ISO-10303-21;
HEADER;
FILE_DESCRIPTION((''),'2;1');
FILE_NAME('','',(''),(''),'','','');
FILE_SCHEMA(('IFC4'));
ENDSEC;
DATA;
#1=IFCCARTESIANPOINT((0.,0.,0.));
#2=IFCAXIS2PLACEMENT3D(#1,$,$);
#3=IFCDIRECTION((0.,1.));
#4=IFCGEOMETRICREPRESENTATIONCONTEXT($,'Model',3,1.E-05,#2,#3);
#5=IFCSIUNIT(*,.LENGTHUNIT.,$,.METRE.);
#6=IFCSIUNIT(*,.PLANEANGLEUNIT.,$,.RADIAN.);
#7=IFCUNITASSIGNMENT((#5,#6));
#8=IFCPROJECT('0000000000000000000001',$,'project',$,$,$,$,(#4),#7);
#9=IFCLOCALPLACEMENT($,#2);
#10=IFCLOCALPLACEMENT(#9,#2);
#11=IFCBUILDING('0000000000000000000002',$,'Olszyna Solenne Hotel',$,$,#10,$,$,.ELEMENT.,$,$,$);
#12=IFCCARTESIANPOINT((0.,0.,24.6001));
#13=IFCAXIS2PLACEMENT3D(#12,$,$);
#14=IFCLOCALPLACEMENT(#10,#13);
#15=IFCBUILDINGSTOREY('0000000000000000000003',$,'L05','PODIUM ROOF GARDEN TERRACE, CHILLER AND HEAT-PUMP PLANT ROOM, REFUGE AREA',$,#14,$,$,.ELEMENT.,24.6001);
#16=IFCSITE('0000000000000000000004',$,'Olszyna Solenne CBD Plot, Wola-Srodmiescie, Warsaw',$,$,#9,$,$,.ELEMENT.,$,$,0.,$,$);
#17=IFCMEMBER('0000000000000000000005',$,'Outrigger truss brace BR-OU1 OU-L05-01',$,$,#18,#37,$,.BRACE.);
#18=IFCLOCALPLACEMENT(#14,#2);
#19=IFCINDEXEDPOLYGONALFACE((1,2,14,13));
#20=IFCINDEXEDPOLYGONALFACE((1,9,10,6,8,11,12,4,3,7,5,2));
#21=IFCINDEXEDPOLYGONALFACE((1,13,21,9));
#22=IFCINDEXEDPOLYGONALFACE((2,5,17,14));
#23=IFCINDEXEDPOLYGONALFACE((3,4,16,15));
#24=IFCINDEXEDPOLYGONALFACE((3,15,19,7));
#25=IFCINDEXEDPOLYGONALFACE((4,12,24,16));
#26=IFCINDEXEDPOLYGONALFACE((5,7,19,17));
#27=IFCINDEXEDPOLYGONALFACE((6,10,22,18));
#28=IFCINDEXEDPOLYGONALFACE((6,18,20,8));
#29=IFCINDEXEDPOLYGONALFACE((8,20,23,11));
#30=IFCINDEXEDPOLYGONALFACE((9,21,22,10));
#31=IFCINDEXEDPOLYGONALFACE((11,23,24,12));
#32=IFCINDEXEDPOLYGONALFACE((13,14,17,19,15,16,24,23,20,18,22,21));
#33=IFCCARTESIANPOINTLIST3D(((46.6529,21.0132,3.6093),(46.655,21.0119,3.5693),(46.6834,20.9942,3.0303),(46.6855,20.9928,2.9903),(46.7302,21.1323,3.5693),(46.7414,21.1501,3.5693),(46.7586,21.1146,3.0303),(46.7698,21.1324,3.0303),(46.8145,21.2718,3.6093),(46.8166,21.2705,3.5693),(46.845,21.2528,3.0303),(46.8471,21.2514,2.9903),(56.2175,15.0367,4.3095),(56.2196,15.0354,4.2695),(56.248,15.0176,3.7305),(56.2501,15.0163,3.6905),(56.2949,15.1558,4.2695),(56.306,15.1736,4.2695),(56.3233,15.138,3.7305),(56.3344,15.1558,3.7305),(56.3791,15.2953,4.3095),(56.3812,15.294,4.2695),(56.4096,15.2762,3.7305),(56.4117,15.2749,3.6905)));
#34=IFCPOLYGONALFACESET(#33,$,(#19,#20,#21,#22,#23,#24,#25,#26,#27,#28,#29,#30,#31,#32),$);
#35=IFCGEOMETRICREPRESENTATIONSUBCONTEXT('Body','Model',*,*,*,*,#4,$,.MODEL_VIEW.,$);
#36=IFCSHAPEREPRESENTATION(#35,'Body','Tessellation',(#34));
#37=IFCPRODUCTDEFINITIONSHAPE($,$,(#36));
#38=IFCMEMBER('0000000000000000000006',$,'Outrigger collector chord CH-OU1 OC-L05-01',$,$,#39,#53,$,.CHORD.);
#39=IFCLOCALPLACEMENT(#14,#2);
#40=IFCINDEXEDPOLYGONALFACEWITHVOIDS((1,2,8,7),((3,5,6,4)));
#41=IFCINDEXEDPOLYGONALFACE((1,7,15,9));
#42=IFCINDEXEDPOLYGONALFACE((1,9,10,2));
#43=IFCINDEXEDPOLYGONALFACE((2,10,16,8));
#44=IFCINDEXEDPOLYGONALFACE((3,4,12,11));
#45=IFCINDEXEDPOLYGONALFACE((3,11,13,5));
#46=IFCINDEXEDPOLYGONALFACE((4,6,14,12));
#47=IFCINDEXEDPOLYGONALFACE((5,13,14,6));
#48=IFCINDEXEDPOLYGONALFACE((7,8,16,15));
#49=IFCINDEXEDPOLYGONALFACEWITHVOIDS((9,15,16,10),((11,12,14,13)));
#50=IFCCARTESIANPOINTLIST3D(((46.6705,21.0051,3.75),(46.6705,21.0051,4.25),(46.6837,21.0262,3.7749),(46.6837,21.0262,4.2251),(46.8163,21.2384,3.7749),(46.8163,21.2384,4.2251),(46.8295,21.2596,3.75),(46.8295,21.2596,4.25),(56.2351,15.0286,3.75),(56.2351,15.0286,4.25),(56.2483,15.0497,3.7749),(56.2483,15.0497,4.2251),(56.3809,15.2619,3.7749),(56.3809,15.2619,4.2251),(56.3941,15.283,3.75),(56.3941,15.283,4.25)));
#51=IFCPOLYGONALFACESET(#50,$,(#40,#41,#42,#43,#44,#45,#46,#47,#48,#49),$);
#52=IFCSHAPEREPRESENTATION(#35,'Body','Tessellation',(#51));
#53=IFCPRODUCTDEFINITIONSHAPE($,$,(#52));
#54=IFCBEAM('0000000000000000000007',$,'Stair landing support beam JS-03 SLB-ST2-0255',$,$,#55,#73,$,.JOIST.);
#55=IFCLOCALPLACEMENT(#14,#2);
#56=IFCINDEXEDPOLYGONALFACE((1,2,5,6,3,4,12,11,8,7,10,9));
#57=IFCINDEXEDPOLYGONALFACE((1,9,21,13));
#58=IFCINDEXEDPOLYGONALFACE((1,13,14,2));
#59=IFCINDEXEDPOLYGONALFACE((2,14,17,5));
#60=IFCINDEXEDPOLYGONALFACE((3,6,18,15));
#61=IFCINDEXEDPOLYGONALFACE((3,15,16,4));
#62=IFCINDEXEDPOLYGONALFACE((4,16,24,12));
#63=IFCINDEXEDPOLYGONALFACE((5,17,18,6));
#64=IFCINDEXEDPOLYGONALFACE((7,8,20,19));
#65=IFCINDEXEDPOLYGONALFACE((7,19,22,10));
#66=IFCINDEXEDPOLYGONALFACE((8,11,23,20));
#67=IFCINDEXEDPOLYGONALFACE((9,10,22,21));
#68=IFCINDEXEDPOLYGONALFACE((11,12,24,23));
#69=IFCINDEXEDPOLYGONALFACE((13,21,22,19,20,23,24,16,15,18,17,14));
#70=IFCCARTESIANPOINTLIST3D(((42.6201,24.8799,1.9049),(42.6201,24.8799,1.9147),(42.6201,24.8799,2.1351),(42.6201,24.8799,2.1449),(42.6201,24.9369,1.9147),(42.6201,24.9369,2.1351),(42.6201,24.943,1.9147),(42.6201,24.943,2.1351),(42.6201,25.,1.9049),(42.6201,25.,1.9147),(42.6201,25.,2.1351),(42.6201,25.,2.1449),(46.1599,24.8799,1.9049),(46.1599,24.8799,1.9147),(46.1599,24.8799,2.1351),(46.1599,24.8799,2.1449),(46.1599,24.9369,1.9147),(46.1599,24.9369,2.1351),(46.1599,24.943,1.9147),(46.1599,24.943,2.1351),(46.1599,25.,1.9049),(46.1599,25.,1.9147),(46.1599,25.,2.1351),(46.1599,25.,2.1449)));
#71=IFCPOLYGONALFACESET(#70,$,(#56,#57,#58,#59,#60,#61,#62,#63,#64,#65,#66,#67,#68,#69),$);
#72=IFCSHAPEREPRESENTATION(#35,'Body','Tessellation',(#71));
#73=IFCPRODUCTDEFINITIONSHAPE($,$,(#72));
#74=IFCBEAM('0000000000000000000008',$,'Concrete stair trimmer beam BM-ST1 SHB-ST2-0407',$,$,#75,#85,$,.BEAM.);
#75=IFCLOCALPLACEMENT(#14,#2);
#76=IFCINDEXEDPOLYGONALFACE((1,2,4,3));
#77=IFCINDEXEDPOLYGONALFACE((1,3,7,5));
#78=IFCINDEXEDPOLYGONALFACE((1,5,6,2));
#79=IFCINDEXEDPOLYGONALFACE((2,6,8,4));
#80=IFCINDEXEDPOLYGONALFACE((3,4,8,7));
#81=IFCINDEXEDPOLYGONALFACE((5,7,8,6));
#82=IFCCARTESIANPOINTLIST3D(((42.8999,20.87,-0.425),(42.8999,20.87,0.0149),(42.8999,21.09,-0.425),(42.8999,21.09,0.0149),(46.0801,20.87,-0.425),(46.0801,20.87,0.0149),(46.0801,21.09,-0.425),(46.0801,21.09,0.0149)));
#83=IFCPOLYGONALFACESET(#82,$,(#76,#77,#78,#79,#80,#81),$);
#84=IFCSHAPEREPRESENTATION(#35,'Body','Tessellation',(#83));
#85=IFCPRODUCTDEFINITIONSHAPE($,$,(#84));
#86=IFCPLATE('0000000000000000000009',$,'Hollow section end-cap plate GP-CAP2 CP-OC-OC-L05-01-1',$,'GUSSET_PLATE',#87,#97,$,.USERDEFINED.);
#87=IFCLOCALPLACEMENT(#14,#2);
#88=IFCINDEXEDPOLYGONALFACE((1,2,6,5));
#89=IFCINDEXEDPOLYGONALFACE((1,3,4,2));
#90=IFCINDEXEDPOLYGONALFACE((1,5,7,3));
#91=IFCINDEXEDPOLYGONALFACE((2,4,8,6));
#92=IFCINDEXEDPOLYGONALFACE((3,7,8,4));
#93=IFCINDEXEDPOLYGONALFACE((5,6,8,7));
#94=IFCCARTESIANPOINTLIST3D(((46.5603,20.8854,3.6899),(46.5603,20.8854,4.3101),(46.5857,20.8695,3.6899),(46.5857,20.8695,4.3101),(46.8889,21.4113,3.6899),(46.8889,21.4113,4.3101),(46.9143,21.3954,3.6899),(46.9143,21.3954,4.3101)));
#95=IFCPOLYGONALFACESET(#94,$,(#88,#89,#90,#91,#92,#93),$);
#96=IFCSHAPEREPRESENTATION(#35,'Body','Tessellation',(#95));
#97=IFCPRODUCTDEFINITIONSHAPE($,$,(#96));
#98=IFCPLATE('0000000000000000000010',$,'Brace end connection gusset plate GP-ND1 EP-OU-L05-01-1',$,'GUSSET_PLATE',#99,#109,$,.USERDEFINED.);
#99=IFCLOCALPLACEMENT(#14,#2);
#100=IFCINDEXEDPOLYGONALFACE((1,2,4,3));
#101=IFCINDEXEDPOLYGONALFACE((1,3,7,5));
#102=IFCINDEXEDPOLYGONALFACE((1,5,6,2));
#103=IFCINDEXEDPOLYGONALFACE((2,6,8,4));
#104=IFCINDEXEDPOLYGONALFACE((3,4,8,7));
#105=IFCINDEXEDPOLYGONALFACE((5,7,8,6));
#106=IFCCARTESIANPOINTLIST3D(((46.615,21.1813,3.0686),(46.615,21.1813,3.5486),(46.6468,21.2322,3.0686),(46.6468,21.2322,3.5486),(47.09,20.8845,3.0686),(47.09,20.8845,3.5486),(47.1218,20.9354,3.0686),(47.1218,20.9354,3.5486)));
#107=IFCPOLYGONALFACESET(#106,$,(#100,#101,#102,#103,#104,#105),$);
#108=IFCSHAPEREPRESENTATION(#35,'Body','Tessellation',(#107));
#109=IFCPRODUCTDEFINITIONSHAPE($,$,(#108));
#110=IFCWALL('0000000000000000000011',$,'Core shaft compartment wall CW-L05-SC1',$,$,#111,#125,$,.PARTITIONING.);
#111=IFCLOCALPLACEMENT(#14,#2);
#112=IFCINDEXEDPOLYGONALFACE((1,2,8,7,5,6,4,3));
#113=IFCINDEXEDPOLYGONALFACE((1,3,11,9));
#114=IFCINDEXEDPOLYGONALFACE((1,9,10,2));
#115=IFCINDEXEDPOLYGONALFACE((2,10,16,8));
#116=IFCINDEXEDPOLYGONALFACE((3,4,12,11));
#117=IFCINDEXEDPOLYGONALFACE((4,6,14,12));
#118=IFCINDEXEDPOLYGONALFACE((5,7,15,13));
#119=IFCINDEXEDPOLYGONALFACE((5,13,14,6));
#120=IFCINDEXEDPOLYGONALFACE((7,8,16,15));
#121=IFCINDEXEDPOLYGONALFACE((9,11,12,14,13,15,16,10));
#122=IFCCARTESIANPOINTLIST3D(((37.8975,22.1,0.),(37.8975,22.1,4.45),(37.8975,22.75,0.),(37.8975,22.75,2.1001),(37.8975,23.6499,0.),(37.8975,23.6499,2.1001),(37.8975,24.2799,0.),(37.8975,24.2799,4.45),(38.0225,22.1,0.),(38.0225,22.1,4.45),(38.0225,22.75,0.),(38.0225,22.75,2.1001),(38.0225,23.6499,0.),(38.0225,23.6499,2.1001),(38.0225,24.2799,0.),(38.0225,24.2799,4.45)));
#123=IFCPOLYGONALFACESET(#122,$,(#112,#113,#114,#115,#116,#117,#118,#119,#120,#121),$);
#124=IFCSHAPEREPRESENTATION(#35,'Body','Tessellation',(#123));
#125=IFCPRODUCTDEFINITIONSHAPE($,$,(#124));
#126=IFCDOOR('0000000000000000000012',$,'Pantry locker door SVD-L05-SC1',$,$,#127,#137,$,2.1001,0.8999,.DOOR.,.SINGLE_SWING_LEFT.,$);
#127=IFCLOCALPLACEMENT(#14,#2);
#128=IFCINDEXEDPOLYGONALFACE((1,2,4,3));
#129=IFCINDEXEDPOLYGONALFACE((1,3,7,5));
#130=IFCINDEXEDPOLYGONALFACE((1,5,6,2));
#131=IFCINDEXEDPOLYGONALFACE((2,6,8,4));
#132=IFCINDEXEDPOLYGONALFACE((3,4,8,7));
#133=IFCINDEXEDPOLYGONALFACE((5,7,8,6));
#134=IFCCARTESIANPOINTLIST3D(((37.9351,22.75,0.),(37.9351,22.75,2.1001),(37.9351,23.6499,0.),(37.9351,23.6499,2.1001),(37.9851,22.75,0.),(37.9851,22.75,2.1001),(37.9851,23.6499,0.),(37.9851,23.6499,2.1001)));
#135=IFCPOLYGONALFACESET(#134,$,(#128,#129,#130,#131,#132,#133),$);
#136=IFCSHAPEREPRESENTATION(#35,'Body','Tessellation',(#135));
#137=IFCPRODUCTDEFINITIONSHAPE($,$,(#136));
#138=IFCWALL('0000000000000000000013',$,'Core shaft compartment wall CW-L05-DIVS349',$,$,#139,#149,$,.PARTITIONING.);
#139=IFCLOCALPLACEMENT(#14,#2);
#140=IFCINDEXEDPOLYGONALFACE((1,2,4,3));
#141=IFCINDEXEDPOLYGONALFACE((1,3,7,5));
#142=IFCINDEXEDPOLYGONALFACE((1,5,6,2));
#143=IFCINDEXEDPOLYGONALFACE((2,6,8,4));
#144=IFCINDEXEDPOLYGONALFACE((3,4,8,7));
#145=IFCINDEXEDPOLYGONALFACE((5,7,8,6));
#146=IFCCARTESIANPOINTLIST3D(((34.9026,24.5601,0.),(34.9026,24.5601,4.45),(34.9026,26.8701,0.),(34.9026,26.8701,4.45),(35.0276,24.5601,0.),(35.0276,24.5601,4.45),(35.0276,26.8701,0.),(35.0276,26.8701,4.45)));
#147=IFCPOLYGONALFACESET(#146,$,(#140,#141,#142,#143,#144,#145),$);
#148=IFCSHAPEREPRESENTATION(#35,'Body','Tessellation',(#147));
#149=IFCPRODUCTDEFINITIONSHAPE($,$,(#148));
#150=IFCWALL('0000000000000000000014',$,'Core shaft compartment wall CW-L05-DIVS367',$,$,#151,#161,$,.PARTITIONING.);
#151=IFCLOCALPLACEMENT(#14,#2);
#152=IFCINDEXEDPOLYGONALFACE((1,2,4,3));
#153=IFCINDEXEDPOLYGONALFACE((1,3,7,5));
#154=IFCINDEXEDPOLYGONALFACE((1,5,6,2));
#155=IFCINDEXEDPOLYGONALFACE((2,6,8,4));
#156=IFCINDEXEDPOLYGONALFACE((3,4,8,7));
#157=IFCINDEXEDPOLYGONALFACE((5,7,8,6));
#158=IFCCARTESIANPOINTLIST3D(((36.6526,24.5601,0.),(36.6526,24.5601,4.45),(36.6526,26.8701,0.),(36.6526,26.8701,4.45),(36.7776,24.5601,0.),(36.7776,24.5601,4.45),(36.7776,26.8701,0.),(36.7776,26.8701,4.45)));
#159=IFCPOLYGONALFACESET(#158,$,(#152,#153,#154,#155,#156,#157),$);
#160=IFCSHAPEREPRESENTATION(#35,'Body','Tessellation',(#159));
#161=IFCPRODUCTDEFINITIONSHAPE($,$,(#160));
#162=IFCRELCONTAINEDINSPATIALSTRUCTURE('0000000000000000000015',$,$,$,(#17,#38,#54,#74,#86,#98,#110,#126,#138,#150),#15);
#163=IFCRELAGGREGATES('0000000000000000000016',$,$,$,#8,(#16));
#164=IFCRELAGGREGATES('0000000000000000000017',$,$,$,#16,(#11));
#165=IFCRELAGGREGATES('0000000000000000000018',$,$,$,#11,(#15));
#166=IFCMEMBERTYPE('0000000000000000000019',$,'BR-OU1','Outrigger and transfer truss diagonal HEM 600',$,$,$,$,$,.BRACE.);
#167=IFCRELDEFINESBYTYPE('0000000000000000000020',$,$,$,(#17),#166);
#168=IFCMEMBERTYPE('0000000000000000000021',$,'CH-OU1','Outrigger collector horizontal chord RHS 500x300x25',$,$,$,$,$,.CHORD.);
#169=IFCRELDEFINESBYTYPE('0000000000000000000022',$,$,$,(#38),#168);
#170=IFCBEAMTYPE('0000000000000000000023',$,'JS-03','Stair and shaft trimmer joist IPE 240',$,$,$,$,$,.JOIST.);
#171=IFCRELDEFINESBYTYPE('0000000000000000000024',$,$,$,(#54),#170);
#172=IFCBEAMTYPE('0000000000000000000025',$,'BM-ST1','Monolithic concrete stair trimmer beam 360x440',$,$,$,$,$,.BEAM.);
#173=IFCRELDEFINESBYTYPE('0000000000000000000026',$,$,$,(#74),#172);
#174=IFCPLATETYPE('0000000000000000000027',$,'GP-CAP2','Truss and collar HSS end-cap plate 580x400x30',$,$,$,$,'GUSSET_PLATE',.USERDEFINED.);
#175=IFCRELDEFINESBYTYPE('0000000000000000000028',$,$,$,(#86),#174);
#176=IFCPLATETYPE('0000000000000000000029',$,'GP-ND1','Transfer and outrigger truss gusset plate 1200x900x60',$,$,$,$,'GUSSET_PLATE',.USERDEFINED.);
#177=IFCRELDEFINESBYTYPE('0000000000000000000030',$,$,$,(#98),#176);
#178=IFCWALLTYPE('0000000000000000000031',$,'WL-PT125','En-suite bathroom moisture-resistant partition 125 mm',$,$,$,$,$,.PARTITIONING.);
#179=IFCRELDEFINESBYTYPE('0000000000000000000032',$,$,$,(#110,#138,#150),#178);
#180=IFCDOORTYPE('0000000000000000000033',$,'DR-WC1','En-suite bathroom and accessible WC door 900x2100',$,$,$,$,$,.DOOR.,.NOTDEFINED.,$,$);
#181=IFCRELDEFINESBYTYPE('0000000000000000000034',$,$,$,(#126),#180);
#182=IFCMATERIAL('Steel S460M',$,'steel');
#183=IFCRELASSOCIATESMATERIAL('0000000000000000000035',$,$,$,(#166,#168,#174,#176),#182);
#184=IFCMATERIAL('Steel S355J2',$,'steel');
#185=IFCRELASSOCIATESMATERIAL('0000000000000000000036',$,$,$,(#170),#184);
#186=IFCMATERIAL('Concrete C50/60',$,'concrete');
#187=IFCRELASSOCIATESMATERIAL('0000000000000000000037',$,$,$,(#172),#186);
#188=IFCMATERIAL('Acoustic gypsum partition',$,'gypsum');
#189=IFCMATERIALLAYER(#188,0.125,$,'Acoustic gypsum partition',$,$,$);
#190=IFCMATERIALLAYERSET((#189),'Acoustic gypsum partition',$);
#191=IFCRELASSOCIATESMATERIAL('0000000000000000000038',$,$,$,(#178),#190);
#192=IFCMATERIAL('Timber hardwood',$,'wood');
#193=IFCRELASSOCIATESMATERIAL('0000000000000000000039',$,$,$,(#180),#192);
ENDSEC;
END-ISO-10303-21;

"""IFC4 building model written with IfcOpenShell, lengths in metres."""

from ifc_helpers import new_model, si_unit, direction, frame, frame_2d, origin, origin_2d, place, context, subcontext, project, spatial, rectangle, hollow_rectangle, i_section, extrude, source, transform, mapped, material, layer, layer_set, material_profile, profile_set, type_object, type_shapes, element, fill, save


model = new_model("IFC4")

# Units and contexts
model_context = context("Model", 3, precision=1e-05, world=origin(), true_north=direction((0.0, 1.0)))
body_context = subcontext(model_context, "Body", "Model", "MODEL_VIEW")
ifc_project = project(units=[si_unit("LENGTHUNIT", "METRE"), si_unit("PLANEANGLEUNIT", "RADIAN")], contexts=[model_context])

# Site, building, storey
site_placement = place(None, origin())
site = spatial("IfcSite", under=ifc_project, at=site_placement, Name="Olszyna Solenne CBD Plot, Wola-Srodmiescie, Warsaw", CompositionType="ELEMENT", RefElevation=0.0)
building_placement = place(site_placement, origin())
building = spatial("IfcBuilding", under=site, at=building_placement, Name="Olszyna Solenne Hotel", CompositionType="ELEMENT")
storey_placement = place(building_placement, frame((0.0, 0.0, 24.6001)))
storey = spatial("IfcBuildingStorey", under=building, at=storey_placement, Name="L05", Description="PODIUM ROOF GARDEN TERRACE, CHILLER AND HEAT-PUMP PLANT ROOM, REFUGE AREA", CompositionType="ELEMENT", Elevation=24.6001)

# Members
ifc_material_1 = material(Name="Steel S460M", Category="steel")
ifc_material_profile_1 = material_profile(ifc_material_1, i_section(OverallWidth=0.3049, OverallDepth=0.6201, WebThickness=0.021, FlangeThickness=0.04, at=origin_2d()), Name="HEM 600", Category="load-bearing")
ifc_profile_set_1 = profile_set([ifc_material_profile_1], Name="Steel S460M")
member_type_1 = type_object("IfcMemberType", Name="BR-OU1", Description="Outrigger and transfer truss diagonal HEM 600", PredefinedType="BRACE", material=ifc_profile_set_1)
shared_shape_1 = source(origin(), body_context, "Body", "SweptSolid", [
    extrude(i_section(OverallWidth=0.3049, OverallDepth=0.6201, WebThickness=0.021, FlangeThickness=0.04, at=origin_2d()), origin(), (0.0, 0.0, 1.0), 11.3),
])
member_1_placement = place(storey_placement, frame((46.75, 21.1323, 3.2998), z_axis=(0.846423, -0.528893, 0.061963), x_axis=(0.529911, 0.848053, 0.0)))
element("IfcMember", 1, at=member_1_placement, inside=storey, type_object=member_type_1, Name="Outrigger truss brace BR-OU1 OU-L05-01", PredefinedType="BRACE", context=body_context, shape_type="MappedRepresentation", body=[
    mapped(shared_shape_1, transform((0.0, 0.0, 0.0), x_axis=(1.0, 0.0, 0.0), y_axis=(0.0, 1.0, 0.0), z_axis=(0.0, 0.0, 1.0), scale=1.0)),
])
ifc_material_profile_2 = material_profile(ifc_material_1, hollow_rectangle(XDim=0.3, YDim=0.5, WallThickness=0.0249, at=origin_2d()), Name="RHS 500x300x25", Category="load-bearing")
ifc_profile_set_2 = profile_set([ifc_material_profile_2], Name="Steel S460M")
member_type_2 = type_object("IfcMemberType", Name="CH-OU1", Description="Outrigger collector horizontal chord RHS 500x300x25", PredefinedType="CHORD", material=ifc_profile_set_2)
shared_shape_2 = source(origin(), body_context, "Body", "SweptSolid", [
    extrude(hollow_rectangle(XDim=0.3, YDim=0.5, WallThickness=0.0249, at=origin_2d()), origin(), (0.0, 0.0, 1.0), 11.2783),
])
member_2_placement = place(storey_placement, frame((46.75, 21.1323, 4.0), z_axis=(0.848053, -0.529911, 0.0), x_axis=(0.529911, 0.848053, 0.0)))
element("IfcMember", 2, at=member_2_placement, inside=storey, type_object=member_type_2, Name="Outrigger collector chord CH-OU1 OC-L05-01", PredefinedType="CHORD", context=body_context, shape_type="MappedRepresentation", body=[
    mapped(shared_shape_2, transform((0.0, 0.0, 0.0), x_axis=(1.0, 0.0, 0.0), y_axis=(0.0, 1.0, 0.0), z_axis=(0.0, 0.0, 1.0), scale=1.0)),
])

# Beams
ifc_material_2 = material(Name="Steel S355J2", Category="steel")
ifc_material_profile_3 = material_profile(ifc_material_2, i_section(OverallWidth=0.1201, OverallDepth=0.24, WebThickness=0.0061, FlangeThickness=0.0098, at=origin_2d()), Name="IPE 240", Category="load-bearing")
ifc_profile_set_3 = profile_set([ifc_material_profile_3], Name="Steel S355J2")
beam_type_1 = type_object("IfcBeamType", Name="JS-03", Description="Stair and shaft trimmer joist IPE 240", PredefinedType="JOIST", material=ifc_profile_set_3)
shared_shape_3 = source(origin(), body_context, "Body", "SweptSolid", [
    extrude(i_section(OverallWidth=0.1201, OverallDepth=0.24, WebThickness=0.0061, FlangeThickness=0.0098, at=origin_2d()), origin(), (0.0, 0.0, 1.0), 3.5398),
])
beam_1_placement = place(storey_placement, frame((46.1599, 24.9399, 2.0249), z_axis=(-1.0, 0.0, 0.0), x_axis=(0.0, -1.0, 0.0)))
element("IfcBeam", 3, at=beam_1_placement, inside=storey, type_object=beam_type_1, Name="Stair landing support beam JS-03 SLB-ST2-0255", PredefinedType="JOIST", context=body_context, shape_type="MappedRepresentation", body=[
    mapped(shared_shape_3, transform((0.0, 0.0, 0.0), x_axis=(1.0, 0.0, 0.0), y_axis=(0.0, 1.0, 0.0), z_axis=(0.0, 0.0, 1.0), scale=1.0)),
])
ifc_material_3 = material(Name="Concrete C50/60", Category="concrete")
ifc_material_profile_4 = material_profile(ifc_material_3, rectangle(XDim=0.22, YDim=0.4399, at=origin_2d()), Name="RC 220x440", Category="load-bearing")
ifc_profile_set_4 = profile_set([ifc_material_profile_4], Name="Concrete C50/60")
beam_type_2 = type_object("IfcBeamType", Name="BM-ST1", Description="Monolithic concrete stair trimmer beam 360x440", PredefinedType="BEAM", material=ifc_profile_set_4)
shared_shape_4 = source(origin(), body_context, "Body", "SweptSolid", [
    extrude(rectangle(XDim=0.22, YDim=0.4399, at=origin_2d()), origin(), (0.0, 0.0, 1.0), 3.1802),
])
beam_2_placement = place(storey_placement, frame((46.0801, 20.98, -0.2051), z_axis=(-1.0, 0.0, 0.0), x_axis=(0.0, -1.0, 0.0)))
element("IfcBeam", 4, at=beam_2_placement, inside=storey, type_object=beam_type_2, Name="Concrete stair trimmer beam BM-ST1 SHB-ST2-0407", PredefinedType="BEAM", context=body_context, shape_type="MappedRepresentation", body=[
    mapped(shared_shape_4, transform((0.0, 0.0, 0.0), x_axis=(1.0, 0.0, 0.0), y_axis=(0.0, 1.0, 0.0), z_axis=(0.0, 0.0, 1.0), scale=1.0)),
])

# Plates
plate_type_1 = type_object("IfcPlateType", Name="GP-CAP2", Description="Truss and collar HSS end-cap plate 580x400x30", ElementType="GUSSET_PLATE", PredefinedType="USERDEFINED", material=ifc_material_1)
shared_shape_5 = source(origin(), body_context, "Body", "SweptSolid", [
    extrude(rectangle(XDim=0.03, YDim=0.6201, at=origin_2d()), origin(), (0.0, 0.0, 1.0), 0.6201),
])
plate_1_placement = place(storey_placement, frame((46.7373, 21.1404, 3.6899), z_axis=(0.0, 0.0, 1.0), x_axis=(0.848048, -0.529919, 0.0)))
element("IfcPlate", 5, at=plate_1_placement, inside=storey, type_object=plate_type_1, Name="Hollow section end-cap plate GP-CAP2 CP-OC-OC-L05-01-1", ObjectType="GUSSET_PLATE", PredefinedType="USERDEFINED", context=body_context, shape_type="MappedRepresentation", body=[
    mapped(shared_shape_5, transform((0.0, 0.0, 0.0), x_axis=(1.0, 0.0, 0.0), y_axis=(0.0, 1.0, 0.0), z_axis=(0.0, 0.0, 1.0), scale=1.0)),
])
plate_type_2 = type_object("IfcPlateType", Name="GP-ND1", Description="Transfer and outrigger truss gusset plate 1200x900x60", ElementType="GUSSET_PLATE", PredefinedType="USERDEFINED", material=ifc_material_1)
shared_shape_6 = source(origin(), body_context, "Body", "SweptSolid", [
    extrude(rectangle(XDim=0.5601, YDim=0.0601, at=origin_2d()), origin(), (0.0, 0.0, 1.0), 0.48),
])
plate_2_placement = place(storey_placement, frame((46.8684, 21.0583, 3.0686), z_axis=(0.0, 0.0, 1.0), x_axis=(0.848048, -0.529919, 0.0)))
element("IfcPlate", 6, at=plate_2_placement, inside=storey, type_object=plate_type_2, Name="Brace end connection gusset plate GP-ND1 EP-OU-L05-01-1", ObjectType="GUSSET_PLATE", PredefinedType="USERDEFINED", context=body_context, shape_type="MappedRepresentation", body=[
    mapped(shared_shape_6, transform((0.0, 0.0, 0.0), x_axis=(1.0, 0.0, 0.0), y_axis=(0.0, 1.0, 0.0), z_axis=(0.0, 0.0, 1.0), scale=1.0)),
])

# Wall, opening, door
ifc_material_4 = material(Name="Acoustic gypsum partition", Category="gypsum")
ifc_layer_1 = layer(ifc_material_4, 0.125, Name="Acoustic gypsum partition")
ifc_layer_set_1 = layer_set([ifc_layer_1], Name="Acoustic gypsum partition")
wall_type_1 = type_object("IfcWallType", Name="WL-PT125", Description="En-suite bathroom moisture-resistant partition 125 mm", PredefinedType="PARTITIONING", material=ifc_layer_set_1)
wall_1_placement = place(storey_placement, frame((37.96, 22.1001, 0.0), z_axis=(0.0, 0.0, 1.0), x_axis=(0.0, 1.0, 0.0)))
wall_1 = element("IfcWall", 7, at=wall_1_placement, inside=storey, type_object=wall_type_1, Name="Core shaft compartment wall CW-L05-SC1", PredefinedType="PARTITIONING", context=body_context, shape_type="SweptSolid", body=[
    extrude(rectangle(XDim=2.1799, YDim=0.125, at=frame_2d((1.0898, 0.0))), origin(), (0.0, 0.0, 1.0), 4.45),
])
opening_1_placement = place(wall_1_placement, frame((0.6499, 0.0, 0.0)))
opening_1 = element("IfcOpeningElement", 8, at=opening_1_placement, cuts=wall_1, PredefinedType="OPENING", context=body_context, shape_type="SweptSolid", body=[
    extrude(rectangle(XDim=0.8999, YDim=2.1001, at=frame_2d((0.45, 1.05))), frame((0.0, 0.0725, 0.0), z_axis=(0.0, -1.0, 0.0), x_axis=(1.0, 0.0, 0.0)), (0.0, 0.0, 1.0), 0.145),
])
ifc_material_5 = material(Name="Timber hardwood", Category="wood")
door_type_1 = type_object("IfcDoorType", Name="DR-WC1", Description="En-suite bathroom and accessible WC door 900x2100", OperationType="NOTDEFINED", PredefinedType="DOOR", material=ifc_material_5)
shared_shape_7 = source(origin(), body_context, "Body", "SweptSolid", [
    extrude(rectangle(XDim=0.8999, YDim=2.1001, at=frame_2d((0.45, 1.05))), frame((0.0, 0.0249, 0.0), z_axis=(0.0, -1.0, 0.0), x_axis=(1.0, 0.0, 0.0)), (0.0, 0.0, 1.0), 0.05),
])
type_shapes(door_type_1, [shared_shape_7])
door_1_placement = place(opening_1_placement, origin())
door_1 = element("IfcDoor", 9, at=door_1_placement, inside=storey, type_object=door_type_1, Name="Pantry locker door SVD-L05-SC1", OperationType="SINGLE_SWING_LEFT", OverallHeight=2.1001, OverallWidth=0.8999, PredefinedType="DOOR", context=body_context, shape_type="MappedRepresentation", body=[
    mapped(shared_shape_7, transform((0.0, 0.0, 0.0), x_axis=(1.0, 0.0, 0.0), y_axis=(0.0, 1.0, 0.0), z_axis=(0.0, 0.0, 1.0), scale=1.0)),
])
fill(opening_1, door_1)

# Walls
for number, where, z_axis, x_axis, name in (
    (10, (34.9651, 24.5601, 0.0), (0.0, 0.0, 1.0), (0.0, 1.0, 0.0), "Core shaft compartment wall CW-L05-DIVS349"),
    (11, (36.7151, 24.5601, 0.0), (0.0, 0.0, 1.0), (0.0, 1.0, 0.0), "Core shaft compartment wall CW-L05-DIVS367"),
):
    element("IfcWall", number, at=place(storey_placement, frame(where, z_axis=z_axis, x_axis=x_axis)), inside=storey, type_object=wall_type_1, Name=name, PredefinedType="PARTITIONING", context=body_context, shape_type="SweptSolid", body=[
        extrude(rectangle(XDim=2.3101, YDim=0.125, at=frame_2d((1.155, 0.0))), origin(), (0.0, 0.0, 1.0), 4.45),
    ])

save(model, "model.ifc")
